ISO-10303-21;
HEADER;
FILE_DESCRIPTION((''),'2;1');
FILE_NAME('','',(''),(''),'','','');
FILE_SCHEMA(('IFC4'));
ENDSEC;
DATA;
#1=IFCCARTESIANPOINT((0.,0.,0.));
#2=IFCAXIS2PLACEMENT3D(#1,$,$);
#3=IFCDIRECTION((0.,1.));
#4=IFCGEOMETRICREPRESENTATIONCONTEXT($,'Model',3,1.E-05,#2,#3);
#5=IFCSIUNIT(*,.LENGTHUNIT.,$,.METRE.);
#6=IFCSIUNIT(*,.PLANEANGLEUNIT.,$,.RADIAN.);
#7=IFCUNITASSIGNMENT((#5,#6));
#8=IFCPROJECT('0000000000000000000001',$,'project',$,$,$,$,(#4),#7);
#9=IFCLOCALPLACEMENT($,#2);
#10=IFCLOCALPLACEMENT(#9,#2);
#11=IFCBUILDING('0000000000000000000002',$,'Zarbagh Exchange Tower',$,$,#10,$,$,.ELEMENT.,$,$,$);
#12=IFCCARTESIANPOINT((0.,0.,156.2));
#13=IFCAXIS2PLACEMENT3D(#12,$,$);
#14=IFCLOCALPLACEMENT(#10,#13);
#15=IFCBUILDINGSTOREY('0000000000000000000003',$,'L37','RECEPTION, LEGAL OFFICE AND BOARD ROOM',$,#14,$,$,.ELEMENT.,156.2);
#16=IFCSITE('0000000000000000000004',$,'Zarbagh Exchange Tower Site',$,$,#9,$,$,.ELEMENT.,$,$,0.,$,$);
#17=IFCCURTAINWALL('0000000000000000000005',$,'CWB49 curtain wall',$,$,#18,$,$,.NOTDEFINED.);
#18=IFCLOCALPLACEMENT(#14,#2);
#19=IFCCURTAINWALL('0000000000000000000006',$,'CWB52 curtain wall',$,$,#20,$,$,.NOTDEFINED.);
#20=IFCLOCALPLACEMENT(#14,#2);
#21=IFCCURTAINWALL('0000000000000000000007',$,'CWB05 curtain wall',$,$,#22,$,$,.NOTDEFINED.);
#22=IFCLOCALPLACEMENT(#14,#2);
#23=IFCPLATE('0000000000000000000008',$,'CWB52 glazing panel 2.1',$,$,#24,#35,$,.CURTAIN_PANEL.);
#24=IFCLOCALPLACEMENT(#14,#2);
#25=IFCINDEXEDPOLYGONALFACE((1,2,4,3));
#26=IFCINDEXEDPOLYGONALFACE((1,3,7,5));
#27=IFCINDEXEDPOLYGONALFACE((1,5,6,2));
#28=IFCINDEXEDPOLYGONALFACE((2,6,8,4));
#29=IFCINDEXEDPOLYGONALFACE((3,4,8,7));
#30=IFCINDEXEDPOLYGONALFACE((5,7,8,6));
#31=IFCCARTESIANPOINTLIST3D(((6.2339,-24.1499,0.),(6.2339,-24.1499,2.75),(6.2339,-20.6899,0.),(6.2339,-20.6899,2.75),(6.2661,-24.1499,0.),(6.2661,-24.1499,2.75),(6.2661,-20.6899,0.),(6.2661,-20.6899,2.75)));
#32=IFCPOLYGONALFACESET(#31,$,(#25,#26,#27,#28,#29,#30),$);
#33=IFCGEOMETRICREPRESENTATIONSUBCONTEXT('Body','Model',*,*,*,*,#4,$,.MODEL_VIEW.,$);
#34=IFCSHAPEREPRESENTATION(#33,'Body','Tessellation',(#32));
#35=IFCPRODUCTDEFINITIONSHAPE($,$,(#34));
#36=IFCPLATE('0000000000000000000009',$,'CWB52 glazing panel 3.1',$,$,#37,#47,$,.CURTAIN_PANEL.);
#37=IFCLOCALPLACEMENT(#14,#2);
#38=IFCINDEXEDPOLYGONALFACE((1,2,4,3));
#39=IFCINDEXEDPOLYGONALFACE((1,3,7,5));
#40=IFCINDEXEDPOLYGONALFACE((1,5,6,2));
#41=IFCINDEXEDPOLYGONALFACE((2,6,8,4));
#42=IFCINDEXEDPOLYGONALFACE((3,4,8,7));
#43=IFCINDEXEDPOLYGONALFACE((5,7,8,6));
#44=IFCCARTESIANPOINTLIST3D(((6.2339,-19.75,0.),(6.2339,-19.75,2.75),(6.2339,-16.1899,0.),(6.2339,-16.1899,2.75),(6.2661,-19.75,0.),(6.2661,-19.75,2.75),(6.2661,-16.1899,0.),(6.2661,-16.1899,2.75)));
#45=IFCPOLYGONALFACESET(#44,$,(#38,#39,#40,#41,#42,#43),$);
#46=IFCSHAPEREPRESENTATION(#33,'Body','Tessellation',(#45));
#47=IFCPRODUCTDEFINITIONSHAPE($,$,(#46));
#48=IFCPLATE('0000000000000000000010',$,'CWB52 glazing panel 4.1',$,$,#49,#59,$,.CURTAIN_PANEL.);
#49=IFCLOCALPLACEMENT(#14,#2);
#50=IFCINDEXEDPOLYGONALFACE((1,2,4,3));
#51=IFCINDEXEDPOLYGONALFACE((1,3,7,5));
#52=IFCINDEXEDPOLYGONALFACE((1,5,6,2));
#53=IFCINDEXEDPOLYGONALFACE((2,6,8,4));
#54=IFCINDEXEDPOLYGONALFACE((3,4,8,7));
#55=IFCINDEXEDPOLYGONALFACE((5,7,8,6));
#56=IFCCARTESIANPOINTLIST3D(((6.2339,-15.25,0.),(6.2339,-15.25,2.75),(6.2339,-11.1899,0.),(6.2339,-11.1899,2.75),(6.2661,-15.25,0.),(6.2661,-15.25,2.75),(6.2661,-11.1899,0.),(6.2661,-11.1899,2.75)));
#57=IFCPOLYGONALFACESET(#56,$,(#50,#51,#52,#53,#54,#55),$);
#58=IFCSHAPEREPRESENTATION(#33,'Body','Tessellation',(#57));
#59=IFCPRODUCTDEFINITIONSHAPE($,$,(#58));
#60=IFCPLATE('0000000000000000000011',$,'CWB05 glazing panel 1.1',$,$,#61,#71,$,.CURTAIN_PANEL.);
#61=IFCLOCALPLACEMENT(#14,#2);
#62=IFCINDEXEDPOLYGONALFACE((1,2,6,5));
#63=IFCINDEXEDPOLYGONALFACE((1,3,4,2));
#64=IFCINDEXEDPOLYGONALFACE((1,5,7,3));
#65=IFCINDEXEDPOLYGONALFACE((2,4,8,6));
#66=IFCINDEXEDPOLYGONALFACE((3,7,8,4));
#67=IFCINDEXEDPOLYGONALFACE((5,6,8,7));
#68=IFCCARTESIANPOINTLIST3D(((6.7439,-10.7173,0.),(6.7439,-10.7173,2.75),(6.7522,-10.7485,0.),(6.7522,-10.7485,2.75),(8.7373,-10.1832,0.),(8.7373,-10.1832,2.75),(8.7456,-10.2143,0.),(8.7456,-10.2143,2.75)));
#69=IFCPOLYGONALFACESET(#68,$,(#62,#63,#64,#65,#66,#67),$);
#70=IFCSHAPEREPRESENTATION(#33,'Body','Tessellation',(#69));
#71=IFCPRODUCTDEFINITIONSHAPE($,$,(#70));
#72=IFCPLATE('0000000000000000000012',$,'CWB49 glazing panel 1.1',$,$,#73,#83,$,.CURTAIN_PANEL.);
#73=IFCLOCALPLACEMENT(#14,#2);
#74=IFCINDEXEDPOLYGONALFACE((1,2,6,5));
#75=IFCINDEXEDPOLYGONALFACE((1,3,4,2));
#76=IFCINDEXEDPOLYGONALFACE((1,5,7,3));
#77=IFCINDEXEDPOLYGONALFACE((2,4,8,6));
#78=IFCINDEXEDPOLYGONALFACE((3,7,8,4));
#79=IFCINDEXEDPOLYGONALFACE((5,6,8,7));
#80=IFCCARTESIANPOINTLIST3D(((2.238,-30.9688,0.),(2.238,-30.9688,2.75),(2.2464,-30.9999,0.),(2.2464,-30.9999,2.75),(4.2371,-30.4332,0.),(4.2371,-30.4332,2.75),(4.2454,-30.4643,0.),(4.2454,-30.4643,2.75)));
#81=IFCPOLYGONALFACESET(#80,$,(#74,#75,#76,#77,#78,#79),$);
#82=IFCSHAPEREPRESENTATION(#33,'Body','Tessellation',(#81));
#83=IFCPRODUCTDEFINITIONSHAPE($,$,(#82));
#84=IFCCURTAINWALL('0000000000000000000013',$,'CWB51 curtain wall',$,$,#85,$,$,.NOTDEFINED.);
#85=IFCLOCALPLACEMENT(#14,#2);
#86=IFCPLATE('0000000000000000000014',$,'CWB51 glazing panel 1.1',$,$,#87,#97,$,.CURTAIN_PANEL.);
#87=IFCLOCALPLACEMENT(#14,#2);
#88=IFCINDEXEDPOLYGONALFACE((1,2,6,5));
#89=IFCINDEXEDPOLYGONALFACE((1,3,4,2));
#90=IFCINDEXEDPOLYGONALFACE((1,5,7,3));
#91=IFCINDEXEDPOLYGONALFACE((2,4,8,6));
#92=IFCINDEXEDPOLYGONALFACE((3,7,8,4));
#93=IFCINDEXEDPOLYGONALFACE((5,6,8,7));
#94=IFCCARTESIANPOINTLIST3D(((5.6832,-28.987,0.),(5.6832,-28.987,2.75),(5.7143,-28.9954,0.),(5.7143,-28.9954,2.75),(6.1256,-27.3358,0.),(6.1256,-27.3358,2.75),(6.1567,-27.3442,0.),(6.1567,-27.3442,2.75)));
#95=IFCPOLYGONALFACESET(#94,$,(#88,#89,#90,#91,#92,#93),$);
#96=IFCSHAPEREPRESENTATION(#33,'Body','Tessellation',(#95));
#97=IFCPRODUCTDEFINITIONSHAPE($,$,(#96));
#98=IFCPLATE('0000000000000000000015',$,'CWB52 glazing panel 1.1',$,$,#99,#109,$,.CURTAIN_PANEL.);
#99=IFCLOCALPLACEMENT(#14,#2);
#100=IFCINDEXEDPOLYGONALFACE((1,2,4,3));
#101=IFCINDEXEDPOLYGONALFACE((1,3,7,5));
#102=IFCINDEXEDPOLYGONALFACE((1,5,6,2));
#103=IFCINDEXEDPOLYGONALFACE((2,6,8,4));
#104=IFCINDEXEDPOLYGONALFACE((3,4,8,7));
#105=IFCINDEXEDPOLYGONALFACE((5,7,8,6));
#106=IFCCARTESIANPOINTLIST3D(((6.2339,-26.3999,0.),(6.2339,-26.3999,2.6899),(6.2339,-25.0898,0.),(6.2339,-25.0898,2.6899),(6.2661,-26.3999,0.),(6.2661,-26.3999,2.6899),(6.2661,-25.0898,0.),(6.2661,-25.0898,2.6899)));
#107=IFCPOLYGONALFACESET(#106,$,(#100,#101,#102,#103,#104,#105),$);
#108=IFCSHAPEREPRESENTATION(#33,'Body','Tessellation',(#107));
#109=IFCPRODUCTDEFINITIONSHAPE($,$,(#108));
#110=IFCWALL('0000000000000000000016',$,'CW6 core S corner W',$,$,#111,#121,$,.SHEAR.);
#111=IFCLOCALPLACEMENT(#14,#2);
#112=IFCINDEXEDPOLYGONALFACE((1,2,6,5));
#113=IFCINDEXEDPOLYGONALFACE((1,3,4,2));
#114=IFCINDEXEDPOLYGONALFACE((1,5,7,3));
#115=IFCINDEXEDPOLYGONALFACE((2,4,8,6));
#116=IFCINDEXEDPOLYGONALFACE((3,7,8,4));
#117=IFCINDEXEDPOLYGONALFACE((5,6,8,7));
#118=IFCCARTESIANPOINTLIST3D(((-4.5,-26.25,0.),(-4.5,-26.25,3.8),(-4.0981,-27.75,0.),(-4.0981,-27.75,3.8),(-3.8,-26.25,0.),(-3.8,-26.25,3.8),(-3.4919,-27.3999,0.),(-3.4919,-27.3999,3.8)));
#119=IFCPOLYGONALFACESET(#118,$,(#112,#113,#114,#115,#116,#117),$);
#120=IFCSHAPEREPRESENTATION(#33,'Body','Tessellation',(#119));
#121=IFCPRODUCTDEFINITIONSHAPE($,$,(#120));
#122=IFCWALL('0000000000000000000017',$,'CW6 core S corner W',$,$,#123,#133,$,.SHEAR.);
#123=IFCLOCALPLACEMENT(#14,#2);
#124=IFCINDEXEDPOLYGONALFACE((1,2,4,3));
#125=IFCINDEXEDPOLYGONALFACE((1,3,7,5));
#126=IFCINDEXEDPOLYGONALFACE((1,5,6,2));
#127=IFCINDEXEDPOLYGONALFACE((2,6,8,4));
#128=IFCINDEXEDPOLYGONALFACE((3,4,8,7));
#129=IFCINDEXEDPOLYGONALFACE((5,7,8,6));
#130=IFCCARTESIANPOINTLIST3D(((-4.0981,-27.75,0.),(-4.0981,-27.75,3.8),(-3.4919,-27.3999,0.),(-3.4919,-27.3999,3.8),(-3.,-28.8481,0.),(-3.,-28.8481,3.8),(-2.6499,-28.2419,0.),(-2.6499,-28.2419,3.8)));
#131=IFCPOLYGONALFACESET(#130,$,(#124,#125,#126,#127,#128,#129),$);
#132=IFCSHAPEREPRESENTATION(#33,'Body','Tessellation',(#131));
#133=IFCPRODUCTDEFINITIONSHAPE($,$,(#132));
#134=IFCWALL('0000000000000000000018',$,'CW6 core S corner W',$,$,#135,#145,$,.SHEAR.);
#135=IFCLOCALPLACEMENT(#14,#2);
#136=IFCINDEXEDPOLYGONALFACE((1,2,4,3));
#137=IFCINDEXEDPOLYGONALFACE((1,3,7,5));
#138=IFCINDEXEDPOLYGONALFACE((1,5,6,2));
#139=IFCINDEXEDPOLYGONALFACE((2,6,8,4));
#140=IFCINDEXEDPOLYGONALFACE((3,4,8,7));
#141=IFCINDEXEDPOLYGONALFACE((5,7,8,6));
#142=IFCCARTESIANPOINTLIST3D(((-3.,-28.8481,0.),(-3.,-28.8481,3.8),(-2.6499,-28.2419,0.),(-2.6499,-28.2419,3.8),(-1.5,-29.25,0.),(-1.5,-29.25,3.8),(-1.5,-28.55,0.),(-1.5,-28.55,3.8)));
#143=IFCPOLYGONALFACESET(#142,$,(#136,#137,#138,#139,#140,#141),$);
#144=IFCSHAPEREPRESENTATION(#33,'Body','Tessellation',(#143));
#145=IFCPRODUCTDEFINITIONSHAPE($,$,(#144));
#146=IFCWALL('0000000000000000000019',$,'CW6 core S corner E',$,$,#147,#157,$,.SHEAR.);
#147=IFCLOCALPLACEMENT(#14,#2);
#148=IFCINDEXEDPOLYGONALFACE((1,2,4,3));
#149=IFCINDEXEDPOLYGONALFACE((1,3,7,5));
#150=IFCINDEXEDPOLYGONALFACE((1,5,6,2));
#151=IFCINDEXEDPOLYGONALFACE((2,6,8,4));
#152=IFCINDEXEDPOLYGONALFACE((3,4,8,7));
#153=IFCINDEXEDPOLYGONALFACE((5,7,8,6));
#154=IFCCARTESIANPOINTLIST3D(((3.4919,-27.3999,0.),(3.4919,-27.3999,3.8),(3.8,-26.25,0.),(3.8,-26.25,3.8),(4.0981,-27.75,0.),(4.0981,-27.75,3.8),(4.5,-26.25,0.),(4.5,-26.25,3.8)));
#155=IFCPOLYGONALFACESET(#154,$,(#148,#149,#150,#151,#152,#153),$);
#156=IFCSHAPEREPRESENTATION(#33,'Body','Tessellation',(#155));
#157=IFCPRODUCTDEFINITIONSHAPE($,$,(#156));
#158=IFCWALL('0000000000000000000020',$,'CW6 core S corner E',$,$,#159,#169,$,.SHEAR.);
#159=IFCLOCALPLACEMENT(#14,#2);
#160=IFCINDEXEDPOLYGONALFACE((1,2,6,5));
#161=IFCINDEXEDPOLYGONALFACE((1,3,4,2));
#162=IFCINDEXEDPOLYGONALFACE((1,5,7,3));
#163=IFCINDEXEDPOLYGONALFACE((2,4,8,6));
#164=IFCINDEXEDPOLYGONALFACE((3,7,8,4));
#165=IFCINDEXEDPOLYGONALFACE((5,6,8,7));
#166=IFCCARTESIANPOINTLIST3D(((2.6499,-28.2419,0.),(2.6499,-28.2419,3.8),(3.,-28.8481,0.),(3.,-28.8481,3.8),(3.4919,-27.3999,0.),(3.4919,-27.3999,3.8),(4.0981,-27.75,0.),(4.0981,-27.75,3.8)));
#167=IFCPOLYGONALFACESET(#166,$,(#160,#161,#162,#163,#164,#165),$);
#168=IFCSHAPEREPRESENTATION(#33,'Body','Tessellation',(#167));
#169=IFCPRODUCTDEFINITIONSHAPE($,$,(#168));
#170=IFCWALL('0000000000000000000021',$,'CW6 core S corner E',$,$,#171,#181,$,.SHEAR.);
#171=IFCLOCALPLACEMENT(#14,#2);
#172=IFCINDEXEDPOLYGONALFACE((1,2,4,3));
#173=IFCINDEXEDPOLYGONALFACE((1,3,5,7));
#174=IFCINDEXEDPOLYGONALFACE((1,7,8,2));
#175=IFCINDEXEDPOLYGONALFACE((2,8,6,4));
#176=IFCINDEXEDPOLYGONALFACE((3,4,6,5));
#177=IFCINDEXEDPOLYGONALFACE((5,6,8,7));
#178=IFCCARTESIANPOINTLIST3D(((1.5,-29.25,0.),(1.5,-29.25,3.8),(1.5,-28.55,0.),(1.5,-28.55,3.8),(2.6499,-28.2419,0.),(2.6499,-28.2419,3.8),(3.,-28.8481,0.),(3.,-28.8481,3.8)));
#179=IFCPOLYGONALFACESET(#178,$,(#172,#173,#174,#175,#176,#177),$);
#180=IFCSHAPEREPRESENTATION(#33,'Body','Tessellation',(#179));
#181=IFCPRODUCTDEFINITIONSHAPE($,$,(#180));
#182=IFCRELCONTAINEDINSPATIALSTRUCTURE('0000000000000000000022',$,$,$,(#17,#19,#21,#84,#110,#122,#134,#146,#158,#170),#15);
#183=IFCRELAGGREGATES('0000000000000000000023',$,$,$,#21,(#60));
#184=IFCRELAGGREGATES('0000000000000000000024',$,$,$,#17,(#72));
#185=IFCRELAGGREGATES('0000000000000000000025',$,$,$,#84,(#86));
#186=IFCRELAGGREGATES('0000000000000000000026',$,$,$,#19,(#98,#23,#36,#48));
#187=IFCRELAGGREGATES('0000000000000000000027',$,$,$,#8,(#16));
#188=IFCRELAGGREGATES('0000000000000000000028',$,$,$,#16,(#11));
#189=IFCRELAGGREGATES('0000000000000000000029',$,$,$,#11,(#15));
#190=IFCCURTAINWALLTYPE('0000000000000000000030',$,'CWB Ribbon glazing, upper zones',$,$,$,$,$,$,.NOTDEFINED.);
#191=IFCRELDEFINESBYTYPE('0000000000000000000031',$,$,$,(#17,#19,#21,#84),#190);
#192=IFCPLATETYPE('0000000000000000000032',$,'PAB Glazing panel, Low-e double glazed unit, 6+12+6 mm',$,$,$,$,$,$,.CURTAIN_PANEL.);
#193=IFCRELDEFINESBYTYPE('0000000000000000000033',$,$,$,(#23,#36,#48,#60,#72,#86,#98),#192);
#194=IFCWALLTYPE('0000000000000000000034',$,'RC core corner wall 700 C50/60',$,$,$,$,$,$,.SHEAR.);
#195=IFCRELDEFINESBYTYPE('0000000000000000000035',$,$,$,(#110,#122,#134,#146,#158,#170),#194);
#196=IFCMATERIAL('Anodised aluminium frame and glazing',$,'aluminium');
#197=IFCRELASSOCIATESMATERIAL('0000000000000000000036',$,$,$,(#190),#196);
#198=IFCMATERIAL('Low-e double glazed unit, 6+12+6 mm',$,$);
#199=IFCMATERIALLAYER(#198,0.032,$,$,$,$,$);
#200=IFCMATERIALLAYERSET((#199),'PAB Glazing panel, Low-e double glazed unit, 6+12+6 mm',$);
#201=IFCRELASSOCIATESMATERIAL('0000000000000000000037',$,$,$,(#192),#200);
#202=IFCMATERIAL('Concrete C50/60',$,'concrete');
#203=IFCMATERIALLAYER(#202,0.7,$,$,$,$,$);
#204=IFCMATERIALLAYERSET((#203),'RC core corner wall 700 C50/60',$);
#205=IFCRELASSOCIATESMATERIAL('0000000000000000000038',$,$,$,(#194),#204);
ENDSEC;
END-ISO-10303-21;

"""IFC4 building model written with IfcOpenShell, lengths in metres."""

from ifc_helpers import new_model, si_unit, direction, frame, origin, place, context, subcontext, project, spatial, polyline, outline, extrude, source, transform, mapped, material, layer, layer_set, type_object, element, aggregate, save


model = new_model("IFC4")

# Units and contexts
model_context = context("Model", 3, precision=1e-05, world=origin(), true_north=direction((0.0, 1.0)))
body_context = subcontext(model_context, "Body", "Model", "MODEL_VIEW")
ifc_project = project(units=[si_unit("LENGTHUNIT", "METRE"), si_unit("PLANEANGLEUNIT", "RADIAN")], contexts=[model_context])

# Site, building, storey
site_placement = place(None, origin())
site = spatial("IfcSite", under=ifc_project, at=site_placement, Name="Zarbagh Exchange Tower Site", CompositionType="ELEMENT", RefElevation=0.0)
building_placement = place(site_placement, origin())
building = spatial("IfcBuilding", under=site, at=building_placement, Name="Zarbagh Exchange Tower", CompositionType="ELEMENT")
storey_placement = place(building_placement, frame((0.0, 0.0, 156.2)))
storey = spatial("IfcBuildingStorey", under=building, at=storey_placement, Name="L37", Description="RECEPTION, LEGAL OFFICE AND BOARD ROOM", CompositionType="ELEMENT", Elevation=156.2)

# Curtain wall
ifc_material_1 = material(Name="Anodised aluminium frame and glazing", Category="aluminium")
curtain_wall_type = type_object("IfcCurtainWallType", Name="CWB Ribbon glazing, upper zones", PredefinedType="NOTDEFINED", material=ifc_material_1)
curtain_wall_1_placement = place(storey_placement, origin())
curtain_wall_1 = element("IfcCurtainWall", 1, at=curtain_wall_1_placement, inside=storey, type_object=curtain_wall_type, Name="CWB49 curtain wall", PredefinedType="NOTDEFINED")
placement = place(storey_placement, origin())

# Curtain wall
curtain_wall_2_placement = place(storey_placement, origin())
curtain_wall_2 = element("IfcCurtainWall", 2, at=curtain_wall_2_placement, inside=storey, type_object=curtain_wall_type, Name="CWB52 curtain wall", PredefinedType="NOTDEFINED")

# Curtain wall
curtain_wall_3_placement = place(storey_placement, origin())
curtain_wall_3 = element("IfcCurtainWall", 3, at=curtain_wall_3_placement, inside=storey, type_object=curtain_wall_type, Name="CWB05 curtain wall", PredefinedType="NOTDEFINED")

# Shared definitions
ifc_material_2 = material(Name="Low-e double glazed unit, 6+12+6 mm")
ifc_layer_1 = layer(ifc_material_2, 0.032)
ifc_layer_set_1 = layer_set([ifc_layer_1], Name="PAB Glazing panel, Low-e double glazed unit, 6+12+6 mm")
plate_type = type_object("IfcPlateType", Name="PAB Glazing panel, Low-e double glazed unit, 6+12+6 mm", PredefinedType="CURTAIN_PANEL", material=ifc_layer_set_1)

# Plates
shared_shape_1 = source(origin(), body_context, "Body", "SweptSolid", [
    extrude(outline(polyline([(0.0, -0.0161), (3.46, -0.0161), (3.46, 0.0161), (0.0, 0.0161), (0.0, -0.0161)])), origin(), (0.0, 0.0, 1.0), 2.75),
])
plate_1 = element("IfcPlate", 4, at=placement, type_object=plate_type, Name="CWB52 glazing panel 2.1", PredefinedType="CURTAIN_PANEL", context=body_context, shape_type="MappedRepresentation", body=[
    mapped(shared_shape_1, transform((6.25, -24.1499, 0.0), x_axis=(0.0, 1.0, 0.0), y_axis=(-1.0, 0.0, 0.0), z_axis=(0.0, 0.0, 1.0))),
])
shared_shape_2 = source(origin(), body_context, "Body", "SweptSolid", [
    extrude(outline(polyline([(0.0, -0.0161), (3.5601, -0.0161), (3.5601, 0.0161), (0.0, 0.0161), (0.0, -0.0161)])), origin(), (0.0, 0.0, 1.0), 2.75),
])
plate_2 = element("IfcPlate", 5, at=placement, type_object=plate_type, Name="CWB52 glazing panel 3.1", PredefinedType="CURTAIN_PANEL", context=body_context, shape_type="MappedRepresentation", body=[
    mapped(shared_shape_2, transform((6.25, -19.75, 0.0), x_axis=(0.0, 1.0, 0.0), y_axis=(-1.0, 0.0, 0.0), z_axis=(0.0, 0.0, 1.0))),
])
shared_shape_3 = source(origin(), body_context, "Body", "SweptSolid", [
    extrude(outline(polyline([(0.0, -0.0161), (4.0601, -0.0161), (4.0601, 0.0161), (0.0, 0.0161), (0.0, -0.0161)])), origin(), (0.0, 0.0, 1.0), 2.75),
])
plate_3 = element("IfcPlate", 6, at=placement, type_object=plate_type, Name="CWB52 glazing panel 4.1", PredefinedType="CURTAIN_PANEL", context=body_context, shape_type="MappedRepresentation", body=[
    mapped(shared_shape_3, transform((6.25, -15.25, 0.0), x_axis=(0.0, 1.0, 0.0), y_axis=(-1.0, 0.0, 0.0), z_axis=(0.0, 0.0, 1.0))),
])
shared_shape_4 = source(origin(), body_context, "Body", "SweptSolid", [
    extrude(outline(polyline([(0.0, -0.0161), (2.0637, -0.0161), (2.0637, 0.0161), (0.0, 0.0161), (0.0, -0.0161)])), origin(), (0.0, 0.0, 1.0), 2.75),
])
plate_4 = element("IfcPlate", 7, at=placement, type_object=plate_type, Name="CWB05 glazing panel 1.1", PredefinedType="CURTAIN_PANEL", context=body_context, shape_type="MappedRepresentation", body=[
    mapped(shared_shape_4, transform((6.748, -10.7329, 0.0), x_axis=(0.965924, 0.258825, 0.0), y_axis=(-0.258825, 0.965924, 0.0), z_axis=(0.0, 0.0, 1.0))),
])
aggregate(curtain_wall_3, [plate_4])
shared_shape_5 = source(origin(), body_context, "Body", "SweptSolid", [
    extrude(outline(polyline([(0.0, -0.0161), (2.0696, -0.0161), (2.0696, 0.0161), (0.0, 0.0161), (0.0, -0.0161)])), origin(), (0.0, 0.0, 1.0), 2.75),
])
plate_5 = element("IfcPlate", 8, at=placement, type_object=plate_type, Name="CWB49 glazing panel 1.1", PredefinedType="CURTAIN_PANEL", context=body_context, shape_type="MappedRepresentation", body=[
    mapped(shared_shape_5, transform((2.2422, -30.9844, 0.0), x_axis=(0.965924, 0.258825, 0.0), y_axis=(-0.258825, 0.965924, 0.0), z_axis=(0.0, 0.0, 1.0))),
])
aggregate(curtain_wall_1, [plate_5])

# Curtain wall, plate
curtain_wall_4_placement = place(storey_placement, origin())
curtain_wall_4 = element("IfcCurtainWall", 9, at=curtain_wall_4_placement, inside=storey, type_object=curtain_wall_type, Name="CWB51 curtain wall", PredefinedType="NOTDEFINED")
shared_shape_6 = source(origin(), body_context, "Body", "SweptSolid", [
    extrude(outline(polyline([(0.0, -0.0161), (1.7095, -0.0161), (1.7095, 0.0161), (0.0, 0.0161), (0.0, -0.0161)])), origin(), (0.0, 0.0, 1.0), 2.75),
])
plate_6 = element("IfcPlate", 10, at=placement, type_object=plate_type, Name="CWB51 glazing panel 1.1", PredefinedType="CURTAIN_PANEL", context=body_context, shape_type="MappedRepresentation", body=[
    mapped(shared_shape_6, transform((5.6987, -28.9912, 0.0), x_axis=(0.258825, 0.965924, 0.0), y_axis=(-0.965924, 0.258825, 0.0), z_axis=(0.0, 0.0, 1.0))),
])
aggregate(curtain_wall_4, [plate_6])

# Plate
shared_shape_7 = source(origin(), body_context, "Body", "SweptSolid", [
    extrude(outline(polyline([(0.0, -0.0161), (1.3101, -0.0161), (1.3101, 0.0161), (0.0, 0.0161), (0.0, -0.0161)])), origin(), (0.0, 0.0, 1.0), 2.6899),
])
plate_7 = element("IfcPlate", 11, at=placement, type_object=plate_type, Name="CWB52 glazing panel 1.1", PredefinedType="CURTAIN_PANEL", context=body_context, shape_type="MappedRepresentation", body=[
    mapped(shared_shape_7, transform((6.25, -26.3999, 0.0), x_axis=(0.0, 1.0, 0.0), y_axis=(-1.0, 0.0, 0.0), z_axis=(0.0, 0.0, 1.0))),
])
aggregate(curtain_wall_2, [plate_7, plate_1, plate_2, plate_3])

# Walls
ifc_material_3 = material(Name="Concrete C50/60", Category="concrete")
ifc_layer_2 = layer(ifc_material_3, 0.7)
ifc_layer_set_2 = layer_set([ifc_layer_2], Name="RC core corner wall 700 C50/60")
wall_type = type_object("IfcWallType", Name="RC core corner wall 700 C50/60", PredefinedType="SHEAR", material=ifc_layer_set_2)
wall_1_placement = place(storey_placement, origin())
element("IfcWall", 12, at=wall_1_placement, inside=storey, type_object=wall_type, Name="CW6 core S corner W", PredefinedType="SHEAR", context=body_context, shape_type="SweptSolid", body=[
    extrude(outline(polyline([(-4.5, -26.25), (-4.0981, -27.75), (-3.4919, -27.3999), (-3.8, -26.25), (-4.5, -26.25)])), origin(), (0.0, 0.0, 1.0), 3.8),
])
wall_2_placement = place(storey_placement, origin())
element("IfcWall", 13, at=wall_2_placement, inside=storey, type_object=wall_type, Name="CW6 core S corner W", PredefinedType="SHEAR", context=body_context, shape_type="SweptSolid", body=[
    extrude(outline(polyline([(-4.0981, -27.75), (-3.0, -28.8481), (-2.6499, -28.2419), (-3.4919, -27.3999), (-4.0981, -27.75)])), origin(), (0.0, 0.0, 1.0), 3.8),
])
wall_3_placement = place(storey_placement, origin())
element("IfcWall", 14, at=wall_3_placement, inside=storey, type_object=wall_type, Name="CW6 core S corner W", PredefinedType="SHEAR", context=body_context, shape_type="SweptSolid", body=[
    extrude(outline(polyline([(-3.0, -28.8481), (-1.5, -29.25), (-1.5, -28.55), (-2.6499, -28.2419), (-3.0, -28.8481)])), origin(), (0.0, 0.0, 1.0), 3.8),
])
wall_4_placement = place(storey_placement, origin())
element("IfcWall", 15, at=wall_4_placement, inside=storey, type_object=wall_type, Name="CW6 core S corner E", PredefinedType="SHEAR", context=body_context, shape_type="SweptSolid", body=[
    extrude(outline(polyline([(4.5, -26.25), (4.0981, -27.75), (3.4919, -27.3999), (3.8, -26.25), (4.5, -26.25)])), origin(), (0.0, 0.0, 1.0), 3.8),
])
wall_5_placement = place(storey_placement, origin())
element("IfcWall", 16, at=wall_5_placement, inside=storey, type_object=wall_type, Name="CW6 core S corner E", PredefinedType="SHEAR", context=body_context, shape_type="SweptSolid", body=[
    extrude(outline(polyline([(4.0981, -27.75), (3.0, -28.8481), (2.6499, -28.2419), (3.4919, -27.3999), (4.0981, -27.75)])), origin(), (0.0, 0.0, 1.0), 3.8),
])
wall_6_placement = place(storey_placement, origin())
element("IfcWall", 17, at=wall_6_placement, inside=storey, type_object=wall_type, Name="CW6 core S corner E", PredefinedType="SHEAR", context=body_context, shape_type="SweptSolid", body=[
    extrude(outline(polyline([(3.0, -28.8481), (1.5, -29.25), (1.5, -28.55), (2.6499, -28.2419), (3.0, -28.8481)])), origin(), (0.0, 0.0, 1.0), 3.8),
])

save(model, "model.ifc")
